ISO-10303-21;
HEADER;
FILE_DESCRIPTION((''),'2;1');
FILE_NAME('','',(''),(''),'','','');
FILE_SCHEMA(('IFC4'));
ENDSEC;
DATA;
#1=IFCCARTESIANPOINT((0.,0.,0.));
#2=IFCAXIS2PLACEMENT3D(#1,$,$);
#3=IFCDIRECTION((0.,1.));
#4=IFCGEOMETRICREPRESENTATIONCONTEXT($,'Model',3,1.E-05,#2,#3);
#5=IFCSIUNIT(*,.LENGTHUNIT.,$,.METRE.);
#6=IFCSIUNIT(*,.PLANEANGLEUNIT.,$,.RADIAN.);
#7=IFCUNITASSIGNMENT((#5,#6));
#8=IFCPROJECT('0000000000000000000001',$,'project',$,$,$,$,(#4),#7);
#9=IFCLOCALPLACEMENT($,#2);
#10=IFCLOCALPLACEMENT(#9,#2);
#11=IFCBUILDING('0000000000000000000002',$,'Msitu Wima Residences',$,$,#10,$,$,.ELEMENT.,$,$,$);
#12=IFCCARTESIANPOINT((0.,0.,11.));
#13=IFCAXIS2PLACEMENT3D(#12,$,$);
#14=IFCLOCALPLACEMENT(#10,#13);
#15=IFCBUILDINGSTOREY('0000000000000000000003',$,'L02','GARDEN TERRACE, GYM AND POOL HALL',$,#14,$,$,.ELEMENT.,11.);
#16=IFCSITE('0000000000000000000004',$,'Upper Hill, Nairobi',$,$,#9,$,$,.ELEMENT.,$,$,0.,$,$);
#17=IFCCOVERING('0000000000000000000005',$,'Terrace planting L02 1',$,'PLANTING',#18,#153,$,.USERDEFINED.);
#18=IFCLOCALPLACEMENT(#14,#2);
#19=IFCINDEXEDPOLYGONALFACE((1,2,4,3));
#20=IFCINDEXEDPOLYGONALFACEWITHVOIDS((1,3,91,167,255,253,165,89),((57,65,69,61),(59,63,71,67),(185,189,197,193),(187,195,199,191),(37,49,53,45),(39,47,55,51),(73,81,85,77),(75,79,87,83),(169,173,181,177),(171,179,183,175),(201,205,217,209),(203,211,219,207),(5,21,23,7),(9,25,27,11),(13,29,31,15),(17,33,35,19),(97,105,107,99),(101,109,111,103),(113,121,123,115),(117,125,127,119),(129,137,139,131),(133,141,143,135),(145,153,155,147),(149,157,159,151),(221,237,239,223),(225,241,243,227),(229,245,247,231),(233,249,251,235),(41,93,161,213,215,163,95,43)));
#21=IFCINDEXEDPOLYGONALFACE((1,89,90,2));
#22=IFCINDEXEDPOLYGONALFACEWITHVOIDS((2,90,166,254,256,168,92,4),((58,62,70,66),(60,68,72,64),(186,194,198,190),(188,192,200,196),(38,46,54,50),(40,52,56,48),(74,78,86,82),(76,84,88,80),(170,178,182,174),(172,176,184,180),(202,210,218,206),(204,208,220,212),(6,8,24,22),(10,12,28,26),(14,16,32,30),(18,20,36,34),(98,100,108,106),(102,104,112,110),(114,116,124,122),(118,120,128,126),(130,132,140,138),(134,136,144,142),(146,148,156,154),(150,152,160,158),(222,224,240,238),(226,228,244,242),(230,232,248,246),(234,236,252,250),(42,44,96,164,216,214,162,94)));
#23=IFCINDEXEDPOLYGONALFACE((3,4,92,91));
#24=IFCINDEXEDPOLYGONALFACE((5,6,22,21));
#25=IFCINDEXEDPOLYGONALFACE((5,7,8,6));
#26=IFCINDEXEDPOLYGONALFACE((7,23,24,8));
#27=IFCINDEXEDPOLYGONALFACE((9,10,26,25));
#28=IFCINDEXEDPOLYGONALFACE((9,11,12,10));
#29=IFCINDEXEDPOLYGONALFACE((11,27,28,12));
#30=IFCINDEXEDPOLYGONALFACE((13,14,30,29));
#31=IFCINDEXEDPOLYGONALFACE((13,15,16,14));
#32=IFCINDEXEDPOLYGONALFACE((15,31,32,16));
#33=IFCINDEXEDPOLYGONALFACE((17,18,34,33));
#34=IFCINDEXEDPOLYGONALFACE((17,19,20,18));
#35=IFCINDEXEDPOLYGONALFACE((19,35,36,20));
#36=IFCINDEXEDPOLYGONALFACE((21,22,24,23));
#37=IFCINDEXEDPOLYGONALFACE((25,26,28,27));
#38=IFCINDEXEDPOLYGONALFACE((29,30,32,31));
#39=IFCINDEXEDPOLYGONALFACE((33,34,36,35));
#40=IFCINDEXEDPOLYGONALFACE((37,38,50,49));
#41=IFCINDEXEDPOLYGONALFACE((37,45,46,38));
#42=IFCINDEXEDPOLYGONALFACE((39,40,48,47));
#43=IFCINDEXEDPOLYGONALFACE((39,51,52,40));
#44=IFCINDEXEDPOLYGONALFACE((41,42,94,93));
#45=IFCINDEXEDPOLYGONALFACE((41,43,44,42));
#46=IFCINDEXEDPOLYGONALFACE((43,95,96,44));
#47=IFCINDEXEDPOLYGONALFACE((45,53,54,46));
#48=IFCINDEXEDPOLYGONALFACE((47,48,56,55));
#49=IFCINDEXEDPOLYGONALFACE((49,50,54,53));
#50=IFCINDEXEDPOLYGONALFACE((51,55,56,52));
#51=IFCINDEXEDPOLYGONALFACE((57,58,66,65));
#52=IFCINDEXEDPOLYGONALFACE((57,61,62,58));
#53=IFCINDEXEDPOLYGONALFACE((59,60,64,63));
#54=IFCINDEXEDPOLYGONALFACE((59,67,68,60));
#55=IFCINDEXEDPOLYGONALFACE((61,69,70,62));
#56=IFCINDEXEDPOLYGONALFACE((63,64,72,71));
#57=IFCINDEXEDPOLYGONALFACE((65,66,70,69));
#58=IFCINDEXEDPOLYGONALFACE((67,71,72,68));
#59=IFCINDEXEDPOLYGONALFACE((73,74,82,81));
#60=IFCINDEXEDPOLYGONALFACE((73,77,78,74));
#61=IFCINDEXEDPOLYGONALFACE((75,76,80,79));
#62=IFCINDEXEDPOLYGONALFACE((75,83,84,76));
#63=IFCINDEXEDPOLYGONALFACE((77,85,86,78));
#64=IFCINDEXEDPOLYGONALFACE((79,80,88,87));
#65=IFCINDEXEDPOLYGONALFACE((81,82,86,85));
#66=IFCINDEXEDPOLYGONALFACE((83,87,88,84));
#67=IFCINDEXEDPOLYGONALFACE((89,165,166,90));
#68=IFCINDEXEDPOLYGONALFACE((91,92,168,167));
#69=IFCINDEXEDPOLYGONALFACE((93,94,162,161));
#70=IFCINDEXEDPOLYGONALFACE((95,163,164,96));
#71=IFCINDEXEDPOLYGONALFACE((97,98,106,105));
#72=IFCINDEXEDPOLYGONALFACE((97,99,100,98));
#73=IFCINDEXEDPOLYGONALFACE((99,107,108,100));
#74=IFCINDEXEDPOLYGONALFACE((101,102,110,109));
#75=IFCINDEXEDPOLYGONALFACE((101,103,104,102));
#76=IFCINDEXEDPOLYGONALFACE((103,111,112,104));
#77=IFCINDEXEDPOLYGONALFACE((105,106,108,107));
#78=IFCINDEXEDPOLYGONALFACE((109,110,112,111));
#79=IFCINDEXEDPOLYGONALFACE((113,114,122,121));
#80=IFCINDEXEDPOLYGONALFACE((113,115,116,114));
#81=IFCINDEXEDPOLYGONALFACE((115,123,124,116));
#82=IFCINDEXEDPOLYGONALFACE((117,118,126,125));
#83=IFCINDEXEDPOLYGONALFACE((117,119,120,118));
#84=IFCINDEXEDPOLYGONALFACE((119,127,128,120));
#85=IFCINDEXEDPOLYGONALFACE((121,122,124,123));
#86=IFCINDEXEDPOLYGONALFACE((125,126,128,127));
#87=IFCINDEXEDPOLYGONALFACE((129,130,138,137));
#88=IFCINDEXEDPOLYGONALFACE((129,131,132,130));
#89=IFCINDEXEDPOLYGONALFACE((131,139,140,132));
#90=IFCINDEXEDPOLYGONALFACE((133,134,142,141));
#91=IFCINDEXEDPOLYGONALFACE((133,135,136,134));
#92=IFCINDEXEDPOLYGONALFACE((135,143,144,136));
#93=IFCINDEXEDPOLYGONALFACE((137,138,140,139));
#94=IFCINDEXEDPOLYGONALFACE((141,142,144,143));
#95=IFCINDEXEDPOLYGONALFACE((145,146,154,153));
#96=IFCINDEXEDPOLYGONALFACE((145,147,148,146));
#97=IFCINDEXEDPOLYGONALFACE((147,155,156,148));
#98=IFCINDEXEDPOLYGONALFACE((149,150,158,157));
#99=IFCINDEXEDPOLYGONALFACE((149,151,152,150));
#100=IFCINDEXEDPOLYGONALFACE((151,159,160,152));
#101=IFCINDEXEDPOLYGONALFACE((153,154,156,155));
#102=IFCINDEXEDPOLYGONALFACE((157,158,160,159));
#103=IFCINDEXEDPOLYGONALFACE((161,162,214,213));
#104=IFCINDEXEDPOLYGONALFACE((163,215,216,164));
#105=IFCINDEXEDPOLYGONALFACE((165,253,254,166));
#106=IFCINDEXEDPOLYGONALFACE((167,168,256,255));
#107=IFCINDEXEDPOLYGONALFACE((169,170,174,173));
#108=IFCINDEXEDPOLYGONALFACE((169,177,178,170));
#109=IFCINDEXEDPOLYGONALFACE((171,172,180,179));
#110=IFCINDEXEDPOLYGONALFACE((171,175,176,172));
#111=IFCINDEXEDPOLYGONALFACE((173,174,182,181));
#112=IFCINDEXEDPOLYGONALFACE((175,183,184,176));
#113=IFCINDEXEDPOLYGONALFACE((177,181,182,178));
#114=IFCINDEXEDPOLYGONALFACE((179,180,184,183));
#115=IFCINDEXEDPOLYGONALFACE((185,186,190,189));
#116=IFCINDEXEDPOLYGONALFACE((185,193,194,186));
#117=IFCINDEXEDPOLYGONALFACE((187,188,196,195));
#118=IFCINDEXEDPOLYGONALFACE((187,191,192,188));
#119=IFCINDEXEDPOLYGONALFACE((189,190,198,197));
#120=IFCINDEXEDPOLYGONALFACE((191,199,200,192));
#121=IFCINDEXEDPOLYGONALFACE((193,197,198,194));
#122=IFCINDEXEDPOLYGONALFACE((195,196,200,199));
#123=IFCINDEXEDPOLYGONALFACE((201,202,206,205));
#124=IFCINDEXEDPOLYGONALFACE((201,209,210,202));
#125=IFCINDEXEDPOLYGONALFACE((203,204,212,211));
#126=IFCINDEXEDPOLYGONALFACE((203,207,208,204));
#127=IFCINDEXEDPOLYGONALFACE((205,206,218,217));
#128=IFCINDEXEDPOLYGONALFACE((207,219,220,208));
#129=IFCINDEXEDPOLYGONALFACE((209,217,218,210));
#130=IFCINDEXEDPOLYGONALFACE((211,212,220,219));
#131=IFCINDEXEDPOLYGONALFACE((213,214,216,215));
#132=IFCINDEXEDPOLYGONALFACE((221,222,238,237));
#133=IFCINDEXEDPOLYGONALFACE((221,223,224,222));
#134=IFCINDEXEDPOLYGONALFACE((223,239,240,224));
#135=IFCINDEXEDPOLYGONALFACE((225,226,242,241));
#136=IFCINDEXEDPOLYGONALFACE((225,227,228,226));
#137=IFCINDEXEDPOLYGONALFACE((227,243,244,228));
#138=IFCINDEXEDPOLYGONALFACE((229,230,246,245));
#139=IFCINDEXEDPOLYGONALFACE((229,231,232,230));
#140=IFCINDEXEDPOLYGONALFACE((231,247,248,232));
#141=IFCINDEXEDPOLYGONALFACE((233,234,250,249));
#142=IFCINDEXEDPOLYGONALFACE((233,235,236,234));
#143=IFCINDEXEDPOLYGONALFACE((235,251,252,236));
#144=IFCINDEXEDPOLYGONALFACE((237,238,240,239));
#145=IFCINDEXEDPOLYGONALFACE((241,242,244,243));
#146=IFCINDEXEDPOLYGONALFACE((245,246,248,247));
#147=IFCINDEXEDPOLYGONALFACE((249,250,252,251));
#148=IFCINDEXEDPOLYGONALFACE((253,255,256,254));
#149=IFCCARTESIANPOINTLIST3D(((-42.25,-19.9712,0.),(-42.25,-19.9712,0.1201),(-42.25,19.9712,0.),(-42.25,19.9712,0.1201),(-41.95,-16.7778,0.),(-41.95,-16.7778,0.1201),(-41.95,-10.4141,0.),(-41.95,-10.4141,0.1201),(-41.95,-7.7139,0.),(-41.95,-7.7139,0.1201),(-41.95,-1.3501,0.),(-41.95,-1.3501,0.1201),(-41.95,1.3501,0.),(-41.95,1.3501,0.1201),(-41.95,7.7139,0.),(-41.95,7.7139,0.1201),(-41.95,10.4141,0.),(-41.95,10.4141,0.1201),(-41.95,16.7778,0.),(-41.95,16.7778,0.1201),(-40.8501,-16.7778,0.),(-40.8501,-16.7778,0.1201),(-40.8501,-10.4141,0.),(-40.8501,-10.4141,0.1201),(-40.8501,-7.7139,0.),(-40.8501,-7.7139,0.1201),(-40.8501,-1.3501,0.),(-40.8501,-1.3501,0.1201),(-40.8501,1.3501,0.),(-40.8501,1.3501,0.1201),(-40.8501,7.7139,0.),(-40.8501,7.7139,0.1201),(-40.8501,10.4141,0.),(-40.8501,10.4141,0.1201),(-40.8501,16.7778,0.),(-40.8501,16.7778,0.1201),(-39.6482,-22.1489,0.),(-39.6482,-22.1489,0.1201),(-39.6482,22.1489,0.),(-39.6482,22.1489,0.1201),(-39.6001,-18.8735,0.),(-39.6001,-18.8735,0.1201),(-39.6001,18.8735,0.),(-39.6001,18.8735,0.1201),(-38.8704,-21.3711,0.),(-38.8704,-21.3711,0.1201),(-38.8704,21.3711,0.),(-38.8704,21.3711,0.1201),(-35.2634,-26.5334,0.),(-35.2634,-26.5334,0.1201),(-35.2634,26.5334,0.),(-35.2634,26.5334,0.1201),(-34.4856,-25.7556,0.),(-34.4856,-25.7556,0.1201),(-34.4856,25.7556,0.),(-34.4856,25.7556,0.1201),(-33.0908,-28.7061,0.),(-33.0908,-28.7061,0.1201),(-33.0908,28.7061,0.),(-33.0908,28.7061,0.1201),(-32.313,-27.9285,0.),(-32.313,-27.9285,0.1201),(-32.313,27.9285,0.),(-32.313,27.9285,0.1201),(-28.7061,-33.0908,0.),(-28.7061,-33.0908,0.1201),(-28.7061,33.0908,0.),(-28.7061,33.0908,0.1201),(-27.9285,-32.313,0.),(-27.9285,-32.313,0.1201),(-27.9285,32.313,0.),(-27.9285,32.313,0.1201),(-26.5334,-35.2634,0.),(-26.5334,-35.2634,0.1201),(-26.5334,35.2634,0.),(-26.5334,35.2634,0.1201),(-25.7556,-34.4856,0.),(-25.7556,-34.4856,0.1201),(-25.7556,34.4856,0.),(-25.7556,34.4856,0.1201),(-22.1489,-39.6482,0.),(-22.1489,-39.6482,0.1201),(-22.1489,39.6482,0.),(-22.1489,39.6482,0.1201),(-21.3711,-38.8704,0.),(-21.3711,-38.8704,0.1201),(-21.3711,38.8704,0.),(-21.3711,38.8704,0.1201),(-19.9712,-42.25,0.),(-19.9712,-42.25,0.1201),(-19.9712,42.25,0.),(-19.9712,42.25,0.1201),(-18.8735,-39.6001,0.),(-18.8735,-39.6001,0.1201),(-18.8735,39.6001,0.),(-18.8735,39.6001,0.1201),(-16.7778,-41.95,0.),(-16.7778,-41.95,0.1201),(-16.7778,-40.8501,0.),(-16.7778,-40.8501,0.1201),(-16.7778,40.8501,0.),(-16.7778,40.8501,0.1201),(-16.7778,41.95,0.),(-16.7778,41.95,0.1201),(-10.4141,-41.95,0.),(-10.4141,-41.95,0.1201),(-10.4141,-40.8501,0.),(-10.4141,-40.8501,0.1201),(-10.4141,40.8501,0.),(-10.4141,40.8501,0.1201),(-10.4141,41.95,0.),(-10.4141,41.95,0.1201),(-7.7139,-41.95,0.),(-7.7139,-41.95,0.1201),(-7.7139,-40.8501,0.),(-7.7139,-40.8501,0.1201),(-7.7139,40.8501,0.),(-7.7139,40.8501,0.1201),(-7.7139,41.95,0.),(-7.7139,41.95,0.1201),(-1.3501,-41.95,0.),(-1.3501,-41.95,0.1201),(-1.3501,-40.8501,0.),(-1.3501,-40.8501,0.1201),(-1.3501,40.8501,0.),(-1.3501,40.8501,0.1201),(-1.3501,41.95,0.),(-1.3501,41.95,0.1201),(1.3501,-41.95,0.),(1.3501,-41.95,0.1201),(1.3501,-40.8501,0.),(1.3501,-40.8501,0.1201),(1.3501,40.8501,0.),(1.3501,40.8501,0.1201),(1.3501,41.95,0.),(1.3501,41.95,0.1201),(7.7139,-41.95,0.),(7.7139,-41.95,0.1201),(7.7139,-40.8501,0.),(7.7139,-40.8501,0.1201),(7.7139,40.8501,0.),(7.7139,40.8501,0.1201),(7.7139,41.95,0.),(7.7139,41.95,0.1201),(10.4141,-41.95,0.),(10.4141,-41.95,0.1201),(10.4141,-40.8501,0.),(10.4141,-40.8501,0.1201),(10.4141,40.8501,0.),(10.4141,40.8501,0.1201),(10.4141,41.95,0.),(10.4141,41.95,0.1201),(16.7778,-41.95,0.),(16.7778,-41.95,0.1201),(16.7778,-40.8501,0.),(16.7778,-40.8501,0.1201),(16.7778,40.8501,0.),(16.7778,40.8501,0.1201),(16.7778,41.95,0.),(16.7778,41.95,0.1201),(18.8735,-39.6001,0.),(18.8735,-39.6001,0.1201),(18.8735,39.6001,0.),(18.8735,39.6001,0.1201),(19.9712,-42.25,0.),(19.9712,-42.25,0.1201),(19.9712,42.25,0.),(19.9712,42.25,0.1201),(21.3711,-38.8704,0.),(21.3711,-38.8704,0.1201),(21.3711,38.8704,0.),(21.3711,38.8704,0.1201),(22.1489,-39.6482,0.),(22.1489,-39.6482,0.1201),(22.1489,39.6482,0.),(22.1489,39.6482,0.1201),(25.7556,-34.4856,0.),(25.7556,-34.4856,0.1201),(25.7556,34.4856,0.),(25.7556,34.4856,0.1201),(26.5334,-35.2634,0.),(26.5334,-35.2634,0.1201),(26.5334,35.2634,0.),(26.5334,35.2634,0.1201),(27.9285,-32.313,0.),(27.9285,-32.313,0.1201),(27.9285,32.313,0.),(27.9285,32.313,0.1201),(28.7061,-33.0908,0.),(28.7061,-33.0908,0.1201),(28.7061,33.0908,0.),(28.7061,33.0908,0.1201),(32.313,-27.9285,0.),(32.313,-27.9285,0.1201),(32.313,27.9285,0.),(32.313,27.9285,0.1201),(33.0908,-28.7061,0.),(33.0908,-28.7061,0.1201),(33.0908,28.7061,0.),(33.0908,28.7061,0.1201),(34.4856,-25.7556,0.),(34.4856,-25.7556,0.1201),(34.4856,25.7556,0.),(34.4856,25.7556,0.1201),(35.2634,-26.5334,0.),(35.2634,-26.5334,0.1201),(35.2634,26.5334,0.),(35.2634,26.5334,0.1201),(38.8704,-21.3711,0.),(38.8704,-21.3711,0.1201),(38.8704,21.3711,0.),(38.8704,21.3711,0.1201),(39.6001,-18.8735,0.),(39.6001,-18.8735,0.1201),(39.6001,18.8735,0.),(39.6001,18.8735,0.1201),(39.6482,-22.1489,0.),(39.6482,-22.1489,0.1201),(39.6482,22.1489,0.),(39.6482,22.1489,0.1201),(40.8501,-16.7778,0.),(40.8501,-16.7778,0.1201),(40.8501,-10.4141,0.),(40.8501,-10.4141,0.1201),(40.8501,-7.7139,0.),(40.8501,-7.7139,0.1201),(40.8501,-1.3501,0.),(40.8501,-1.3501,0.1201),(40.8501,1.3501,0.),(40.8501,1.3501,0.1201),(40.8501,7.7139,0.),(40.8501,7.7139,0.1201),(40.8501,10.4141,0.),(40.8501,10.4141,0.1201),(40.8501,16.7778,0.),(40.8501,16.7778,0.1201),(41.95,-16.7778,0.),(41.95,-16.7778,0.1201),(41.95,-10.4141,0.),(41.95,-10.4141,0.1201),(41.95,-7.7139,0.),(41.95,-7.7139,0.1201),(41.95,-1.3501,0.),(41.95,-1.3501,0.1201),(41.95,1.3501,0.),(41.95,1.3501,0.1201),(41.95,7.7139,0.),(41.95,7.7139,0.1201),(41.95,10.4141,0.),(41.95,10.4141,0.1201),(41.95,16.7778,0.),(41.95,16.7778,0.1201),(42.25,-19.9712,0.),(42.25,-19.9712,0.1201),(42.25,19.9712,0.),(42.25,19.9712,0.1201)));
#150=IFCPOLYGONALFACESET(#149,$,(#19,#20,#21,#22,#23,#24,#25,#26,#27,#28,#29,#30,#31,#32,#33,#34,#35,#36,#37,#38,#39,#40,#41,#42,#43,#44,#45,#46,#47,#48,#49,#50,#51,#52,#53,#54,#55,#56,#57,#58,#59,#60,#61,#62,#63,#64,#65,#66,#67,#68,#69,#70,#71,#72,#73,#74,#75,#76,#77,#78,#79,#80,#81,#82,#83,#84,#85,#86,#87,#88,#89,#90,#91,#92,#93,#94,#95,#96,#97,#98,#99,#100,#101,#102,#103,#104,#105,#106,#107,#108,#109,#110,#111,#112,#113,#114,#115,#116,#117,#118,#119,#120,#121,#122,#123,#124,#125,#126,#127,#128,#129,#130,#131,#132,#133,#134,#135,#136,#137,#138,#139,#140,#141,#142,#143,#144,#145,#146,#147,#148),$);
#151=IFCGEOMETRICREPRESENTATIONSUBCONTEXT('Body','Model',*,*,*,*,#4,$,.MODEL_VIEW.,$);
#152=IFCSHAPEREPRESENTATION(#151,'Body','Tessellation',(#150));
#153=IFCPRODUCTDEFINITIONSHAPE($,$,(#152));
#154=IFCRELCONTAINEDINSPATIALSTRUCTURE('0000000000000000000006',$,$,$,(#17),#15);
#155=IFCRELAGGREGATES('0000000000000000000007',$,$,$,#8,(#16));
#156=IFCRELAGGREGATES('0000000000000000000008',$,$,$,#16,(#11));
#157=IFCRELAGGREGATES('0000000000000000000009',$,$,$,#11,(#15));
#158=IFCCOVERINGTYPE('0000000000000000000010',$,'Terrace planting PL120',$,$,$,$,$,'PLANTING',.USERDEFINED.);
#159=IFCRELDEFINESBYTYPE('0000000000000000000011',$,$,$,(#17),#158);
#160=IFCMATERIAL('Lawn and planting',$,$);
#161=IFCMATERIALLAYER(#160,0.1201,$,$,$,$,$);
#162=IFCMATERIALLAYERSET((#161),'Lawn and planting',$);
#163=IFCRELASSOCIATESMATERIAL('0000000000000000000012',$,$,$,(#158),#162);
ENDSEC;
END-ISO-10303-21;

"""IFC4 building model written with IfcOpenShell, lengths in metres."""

from ifc_helpers import new_model, si_unit, direction, frame, origin, place, context, subcontext, project, spatial, polyline, outline, extrude, material, layer, layer_set, type_object, element, save


model = new_model("IFC4")

# Units and contexts
model_context = context("Model", 3, precision=1e-05, world=origin(), true_north=direction((0.0, 1.0)))
body_context = subcontext(model_context, "Body", "Model", "MODEL_VIEW")
ifc_project = project(units=[si_unit("LENGTHUNIT", "METRE"), si_unit("PLANEANGLEUNIT", "RADIAN")], contexts=[model_context])

# Site, building, storey
site_placement = place(None, origin())
site = spatial("IfcSite", under=ifc_project, at=site_placement, Name="Upper Hill, Nairobi", CompositionType="ELEMENT", RefElevation=0.0)
building_placement = place(site_placement, origin())
building = spatial("IfcBuilding", under=site, at=building_placement, Name="Msitu Wima Residences", CompositionType="ELEMENT")
storey_placement = place(building_placement, frame((0.0, 0.0, 11.0)))
storey = spatial("IfcBuildingStorey", under=building, at=storey_placement, Name="L02", Description="GARDEN TERRACE, GYM AND POOL HALL", CompositionType="ELEMENT", Elevation=11.0)

# Covering
ifc_material_1 = material(Name="Lawn and planting")
ifc_layer_1 = layer(ifc_material_1, 0.1201)
ifc_layer_set_1 = layer_set([ifc_layer_1], Name="Lawn and planting")
covering_type = type_object("IfcCoveringType", Name="Terrace planting PL120", ElementType="PLANTING", PredefinedType="USERDEFINED", material=ifc_layer_set_1)
covering_placement = place(storey_placement, origin())
element("IfcCovering", 1, at=covering_placement, inside=storey, type_object=covering_type, Name="Terrace planting L02 1", ObjectType="PLANTING", PredefinedType="USERDEFINED", context=body_context, shape_type="SweptSolid", body=[
    extrude(outline(polyline([(-19.9712, -42.25), (-42.25, -19.9712), (-42.25, 19.9712), (-19.9712, 42.25), (19.9712, 42.25), (42.25, 19.9712), (42.25, -19.9712), (19.9712, -42.25), (-19.9712, -42.25)]), holes=[polyline([(-16.7778, -40.8501), (-16.7778, -41.95), (-10.4141, -41.95), (-10.4141, -40.8501), (-16.7778, -40.8501)]), polyline([(-1.3501, -40.8501), (-7.7139, -40.8501), (-7.7139, -41.95), (-1.3501, -41.95), (-1.3501, -40.8501)]), polyline([(-21.3711, -38.8704), (-25.7556, -34.4856), (-26.5334, -35.2634), (-22.1489, -39.6482), (-21.3711, -38.8704)]), polyline([(-27.9285, -32.313), (-32.313, -27.9285), (-33.0908, -28.7061), (-28.7061, -33.0908), (-27.9285, -32.313)]), polyline([(-34.4856, -25.7556), (-38.8704, -21.3711), (-39.6482, -22.1489), (-35.2634, -26.5334), (-34.4856, -25.7556)]), polyline([(-40.8501, -16.7778), (-40.8501, -10.4141), (-41.95, -10.4141), (-41.95, -16.7778), (-40.8501, -16.7778)]), polyline([(-40.8501, -7.7139), (-40.8501, -1.3501), (-41.95, -1.3501), (-41.95, -7.7139), (-40.8501, -7.7139)]), polyline([(-18.8735, -39.6001), (18.8735, -39.6001), (39.6001, -18.8735), (39.6001, 18.8735), (18.8735, 39.6001), (-18.8735, 39.6001), (-39.6001, 18.8735), (-39.6001, -18.8735), (-18.8735, -39.6001)]), polyline([(-40.8501, 1.3501), (-40.8501, 7.7139), (-41.95, 7.7139), (-41.95, 1.3501), (-40.8501, 1.3501)]), polyline([(-40.8501, 10.4141), (-40.8501, 16.7778), (-41.95, 16.7778), (-41.95, 10.4141), (-40.8501, 10.4141)]), polyline([(-38.8704, 21.3711), (-34.4856, 25.7556), (-35.2634, 26.5334), (-39.6482, 22.1489), (-38.8704, 21.3711)]), polyline([(-32.313, 27.9285), (-27.9285, 32.313), (-28.7061, 33.0908), (-33.0908, 28.7061), (-32.313, 27.9285)]), polyline([(-25.7556, 34.4856), (-21.3711, 38.8704), (-22.1489, 39.6482), (-26.5334, 35.2634), (-25.7556, 34.4856)]), polyline([(-16.7778, 40.8501), (-10.4141, 40.8501), (-10.4141, 41.95), (-16.7778, 41.95), (-16.7778, 40.8501)]), polyline([(-1.3501, 40.8501), (-1.3501, 41.95), (-7.7139, 41.95), (-7.7139, 40.8501), (-1.3501, 40.8501)]), polyline([(7.7139, -40.8501), (1.3501, -40.8501), (1.3501, -41.95), (7.7139, -41.95), (7.7139, -40.8501)]), polyline([(16.7778, -40.8501), (10.4141, -40.8501), (10.4141, -41.95), (16.7778, -41.95), (16.7778, -40.8501)]), polyline([(25.7556, -34.4856), (21.3711, -38.8704), (22.1489, -39.6482), (26.5334, -35.2634), (25.7556, -34.4856)]), polyline([(32.313, -27.9285), (27.9285, -32.313), (28.7061, -33.0908), (33.0908, -28.7061), (32.313, -27.9285)]), polyline([(38.8704, -21.3711), (34.4856, -25.7556), (35.2634, -26.5334), (39.6482, -22.1489), (38.8704, -21.3711)]), polyline([(40.8501, -10.4141), (40.8501, -16.7778), (41.95, -16.7778), (41.95, -10.4141), (40.8501, -10.4141)]), polyline([(40.8501, -1.3501), (40.8501, -7.7139), (41.95, -7.7139), (41.95, -1.3501), (40.8501, -1.3501)]), polyline([(40.8501, 7.7139), (40.8501, 1.3501), (41.95, 1.3501), (41.95, 7.7139), (40.8501, 7.7139)]), polyline([(40.8501, 16.7778), (40.8501, 10.4141), (41.95, 10.4141), (41.95, 16.7778), (40.8501, 16.7778)]), polyline([(34.4856, 25.7556), (38.8704, 21.3711), (39.6482, 22.1489), (35.2634, 26.5334), (34.4856, 25.7556)]), polyline([(27.9285, 32.313), (32.313, 27.9285), (33.0908, 28.7061), (28.7061, 33.0908), (27.9285, 32.313)]), polyline([(21.3711, 38.8704), (25.7556, 34.4856), (26.5334, 35.2634), (22.1489, 39.6482), (21.3711, 38.8704)]), polyline([(1.3501, 40.8501), (7.7139, 40.8501), (7.7139, 41.95), (1.3501, 41.95), (1.3501, 40.8501)]), polyline([(10.4141, 40.8501), (16.7778, 40.8501), (16.7778, 41.95), (10.4141, 41.95), (10.4141, 40.8501)])]), origin(), (0.0, 0.0, 1.0), 0.1201),
])

save(model, "model.ifc")
